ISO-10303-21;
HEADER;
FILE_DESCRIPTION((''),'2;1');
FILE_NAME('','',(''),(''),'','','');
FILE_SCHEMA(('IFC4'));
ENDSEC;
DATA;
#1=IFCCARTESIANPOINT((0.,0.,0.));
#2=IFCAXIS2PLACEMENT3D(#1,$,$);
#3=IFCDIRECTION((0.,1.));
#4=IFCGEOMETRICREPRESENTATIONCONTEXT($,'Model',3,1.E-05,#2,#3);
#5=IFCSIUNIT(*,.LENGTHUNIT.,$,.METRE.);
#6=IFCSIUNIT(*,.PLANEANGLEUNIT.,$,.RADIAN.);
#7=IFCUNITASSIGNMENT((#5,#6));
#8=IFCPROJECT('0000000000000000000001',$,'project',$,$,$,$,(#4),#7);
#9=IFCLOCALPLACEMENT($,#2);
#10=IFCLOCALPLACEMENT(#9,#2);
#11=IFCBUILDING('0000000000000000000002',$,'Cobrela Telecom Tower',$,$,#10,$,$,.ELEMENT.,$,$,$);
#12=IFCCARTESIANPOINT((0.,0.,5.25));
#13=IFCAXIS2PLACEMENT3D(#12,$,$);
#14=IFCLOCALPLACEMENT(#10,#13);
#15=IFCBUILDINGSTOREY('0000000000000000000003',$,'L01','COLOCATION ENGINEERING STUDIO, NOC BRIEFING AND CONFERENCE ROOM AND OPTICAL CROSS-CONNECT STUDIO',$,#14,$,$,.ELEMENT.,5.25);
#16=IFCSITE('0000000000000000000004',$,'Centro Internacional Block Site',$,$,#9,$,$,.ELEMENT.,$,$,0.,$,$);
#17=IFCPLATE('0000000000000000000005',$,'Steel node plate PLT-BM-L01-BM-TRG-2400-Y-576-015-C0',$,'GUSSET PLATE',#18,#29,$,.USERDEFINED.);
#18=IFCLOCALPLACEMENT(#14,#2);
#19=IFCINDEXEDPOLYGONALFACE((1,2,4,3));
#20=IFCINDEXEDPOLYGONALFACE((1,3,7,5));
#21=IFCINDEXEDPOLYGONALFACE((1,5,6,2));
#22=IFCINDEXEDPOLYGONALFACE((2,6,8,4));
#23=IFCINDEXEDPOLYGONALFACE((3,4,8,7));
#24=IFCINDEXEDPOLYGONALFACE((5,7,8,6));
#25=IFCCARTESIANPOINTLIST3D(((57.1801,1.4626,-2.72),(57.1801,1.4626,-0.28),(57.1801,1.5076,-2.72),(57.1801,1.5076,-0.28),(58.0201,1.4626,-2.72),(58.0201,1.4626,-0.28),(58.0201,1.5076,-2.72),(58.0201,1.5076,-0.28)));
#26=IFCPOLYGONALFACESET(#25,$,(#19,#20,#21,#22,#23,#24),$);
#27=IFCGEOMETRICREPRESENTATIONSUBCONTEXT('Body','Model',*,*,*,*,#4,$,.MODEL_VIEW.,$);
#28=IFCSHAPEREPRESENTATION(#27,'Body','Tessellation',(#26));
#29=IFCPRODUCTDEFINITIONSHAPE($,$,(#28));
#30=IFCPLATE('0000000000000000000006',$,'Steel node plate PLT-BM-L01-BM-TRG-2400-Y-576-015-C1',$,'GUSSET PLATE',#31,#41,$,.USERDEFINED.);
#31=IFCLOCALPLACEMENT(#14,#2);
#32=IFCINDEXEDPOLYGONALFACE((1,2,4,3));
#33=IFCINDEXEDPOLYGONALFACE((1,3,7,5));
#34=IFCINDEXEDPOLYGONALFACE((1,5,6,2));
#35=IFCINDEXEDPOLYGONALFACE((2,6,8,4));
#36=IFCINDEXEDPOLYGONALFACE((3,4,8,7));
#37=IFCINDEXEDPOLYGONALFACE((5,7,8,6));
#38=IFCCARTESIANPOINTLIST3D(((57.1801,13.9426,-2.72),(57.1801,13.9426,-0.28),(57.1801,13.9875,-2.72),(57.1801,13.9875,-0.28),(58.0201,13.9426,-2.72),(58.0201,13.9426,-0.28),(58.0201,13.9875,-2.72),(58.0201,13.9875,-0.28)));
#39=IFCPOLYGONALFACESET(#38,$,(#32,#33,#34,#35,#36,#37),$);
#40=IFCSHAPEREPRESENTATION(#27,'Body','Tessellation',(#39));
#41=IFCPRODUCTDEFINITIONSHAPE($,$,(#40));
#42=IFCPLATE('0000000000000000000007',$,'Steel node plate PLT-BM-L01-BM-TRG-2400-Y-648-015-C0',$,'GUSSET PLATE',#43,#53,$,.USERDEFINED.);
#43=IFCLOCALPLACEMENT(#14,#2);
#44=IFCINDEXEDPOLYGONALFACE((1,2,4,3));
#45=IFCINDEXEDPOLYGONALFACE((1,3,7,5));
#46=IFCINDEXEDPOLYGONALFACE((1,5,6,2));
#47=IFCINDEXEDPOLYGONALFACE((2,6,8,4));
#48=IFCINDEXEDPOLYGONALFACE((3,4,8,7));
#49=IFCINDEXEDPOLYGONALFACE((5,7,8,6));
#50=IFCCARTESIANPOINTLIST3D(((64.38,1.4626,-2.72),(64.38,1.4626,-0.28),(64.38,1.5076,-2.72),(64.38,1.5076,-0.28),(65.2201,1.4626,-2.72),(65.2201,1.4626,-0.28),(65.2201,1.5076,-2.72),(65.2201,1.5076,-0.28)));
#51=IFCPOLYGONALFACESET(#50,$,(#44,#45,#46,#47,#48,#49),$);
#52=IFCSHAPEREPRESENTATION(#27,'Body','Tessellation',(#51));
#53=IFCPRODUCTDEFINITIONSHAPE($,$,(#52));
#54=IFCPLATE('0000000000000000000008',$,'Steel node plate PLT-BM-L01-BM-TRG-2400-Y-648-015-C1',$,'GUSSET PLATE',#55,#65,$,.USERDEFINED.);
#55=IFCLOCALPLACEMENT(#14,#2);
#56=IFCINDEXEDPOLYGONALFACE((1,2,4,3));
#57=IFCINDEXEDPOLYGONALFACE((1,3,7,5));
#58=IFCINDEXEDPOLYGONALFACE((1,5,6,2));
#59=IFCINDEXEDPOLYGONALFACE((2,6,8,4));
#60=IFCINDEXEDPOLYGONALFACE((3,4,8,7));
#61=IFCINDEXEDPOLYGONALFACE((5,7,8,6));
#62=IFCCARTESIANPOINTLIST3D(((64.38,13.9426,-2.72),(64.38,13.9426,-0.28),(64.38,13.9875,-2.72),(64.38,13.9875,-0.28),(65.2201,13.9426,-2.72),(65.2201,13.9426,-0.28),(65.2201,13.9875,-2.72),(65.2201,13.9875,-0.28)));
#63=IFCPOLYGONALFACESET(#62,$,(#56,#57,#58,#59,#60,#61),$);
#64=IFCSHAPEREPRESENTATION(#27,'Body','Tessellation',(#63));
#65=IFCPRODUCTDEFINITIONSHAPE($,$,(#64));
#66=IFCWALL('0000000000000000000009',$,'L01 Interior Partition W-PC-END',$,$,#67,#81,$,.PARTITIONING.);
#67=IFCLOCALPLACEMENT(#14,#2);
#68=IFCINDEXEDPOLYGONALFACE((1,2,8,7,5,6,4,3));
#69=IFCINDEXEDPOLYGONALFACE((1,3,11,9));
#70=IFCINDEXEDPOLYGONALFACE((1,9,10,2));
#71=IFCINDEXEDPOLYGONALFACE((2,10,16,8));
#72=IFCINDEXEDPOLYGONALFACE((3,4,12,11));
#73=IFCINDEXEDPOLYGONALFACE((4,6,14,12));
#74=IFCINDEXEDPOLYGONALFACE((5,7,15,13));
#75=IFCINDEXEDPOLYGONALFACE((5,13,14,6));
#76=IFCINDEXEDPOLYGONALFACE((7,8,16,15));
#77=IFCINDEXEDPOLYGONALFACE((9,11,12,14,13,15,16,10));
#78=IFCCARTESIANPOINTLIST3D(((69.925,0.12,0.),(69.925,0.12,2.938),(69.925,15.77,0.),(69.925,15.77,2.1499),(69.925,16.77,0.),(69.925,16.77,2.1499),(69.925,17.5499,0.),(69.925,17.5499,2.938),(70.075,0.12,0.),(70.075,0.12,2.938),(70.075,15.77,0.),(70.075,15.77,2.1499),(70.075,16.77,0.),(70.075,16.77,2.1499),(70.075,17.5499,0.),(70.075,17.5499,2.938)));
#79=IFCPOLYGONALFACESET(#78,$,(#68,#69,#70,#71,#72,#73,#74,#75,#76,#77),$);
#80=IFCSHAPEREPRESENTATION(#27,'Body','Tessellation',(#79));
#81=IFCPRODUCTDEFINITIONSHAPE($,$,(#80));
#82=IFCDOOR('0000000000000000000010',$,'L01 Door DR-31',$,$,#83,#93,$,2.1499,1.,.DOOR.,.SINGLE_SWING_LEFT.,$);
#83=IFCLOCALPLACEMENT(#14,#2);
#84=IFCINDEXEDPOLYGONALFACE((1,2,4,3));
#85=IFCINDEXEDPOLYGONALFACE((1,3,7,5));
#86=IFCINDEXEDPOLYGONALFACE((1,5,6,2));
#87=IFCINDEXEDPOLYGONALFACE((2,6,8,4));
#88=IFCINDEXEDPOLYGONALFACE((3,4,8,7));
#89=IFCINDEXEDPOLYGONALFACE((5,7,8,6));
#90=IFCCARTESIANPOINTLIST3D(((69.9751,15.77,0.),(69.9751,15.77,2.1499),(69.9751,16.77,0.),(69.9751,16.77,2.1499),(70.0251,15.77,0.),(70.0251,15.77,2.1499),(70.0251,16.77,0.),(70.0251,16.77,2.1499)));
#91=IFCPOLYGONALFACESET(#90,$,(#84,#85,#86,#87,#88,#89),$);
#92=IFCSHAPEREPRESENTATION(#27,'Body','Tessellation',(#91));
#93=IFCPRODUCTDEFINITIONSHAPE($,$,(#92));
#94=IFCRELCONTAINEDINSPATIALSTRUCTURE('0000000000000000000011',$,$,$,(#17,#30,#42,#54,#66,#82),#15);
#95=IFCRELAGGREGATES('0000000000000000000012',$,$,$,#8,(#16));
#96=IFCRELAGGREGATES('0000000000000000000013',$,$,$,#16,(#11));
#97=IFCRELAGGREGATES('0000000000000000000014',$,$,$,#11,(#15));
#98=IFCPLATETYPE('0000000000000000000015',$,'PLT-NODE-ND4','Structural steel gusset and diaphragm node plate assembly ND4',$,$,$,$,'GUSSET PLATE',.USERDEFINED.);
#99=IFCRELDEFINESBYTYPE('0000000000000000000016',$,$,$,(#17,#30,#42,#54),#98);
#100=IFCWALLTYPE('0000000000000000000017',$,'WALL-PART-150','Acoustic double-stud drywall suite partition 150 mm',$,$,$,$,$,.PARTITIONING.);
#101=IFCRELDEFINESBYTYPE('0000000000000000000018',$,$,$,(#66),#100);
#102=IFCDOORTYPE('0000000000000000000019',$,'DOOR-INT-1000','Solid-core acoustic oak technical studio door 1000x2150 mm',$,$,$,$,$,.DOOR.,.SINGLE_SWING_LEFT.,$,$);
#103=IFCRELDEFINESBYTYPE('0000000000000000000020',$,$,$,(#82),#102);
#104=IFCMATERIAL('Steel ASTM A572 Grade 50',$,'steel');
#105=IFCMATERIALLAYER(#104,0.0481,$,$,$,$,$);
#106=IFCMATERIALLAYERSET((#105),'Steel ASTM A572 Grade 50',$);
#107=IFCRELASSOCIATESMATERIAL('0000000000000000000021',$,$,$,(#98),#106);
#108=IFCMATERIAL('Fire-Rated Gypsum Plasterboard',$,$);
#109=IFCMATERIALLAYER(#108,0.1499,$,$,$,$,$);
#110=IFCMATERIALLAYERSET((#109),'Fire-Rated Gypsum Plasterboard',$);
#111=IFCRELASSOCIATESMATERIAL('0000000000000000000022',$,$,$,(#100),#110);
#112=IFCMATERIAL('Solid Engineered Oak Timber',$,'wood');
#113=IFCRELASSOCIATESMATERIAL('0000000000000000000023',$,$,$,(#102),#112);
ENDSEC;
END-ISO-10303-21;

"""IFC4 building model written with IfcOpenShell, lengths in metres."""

from ifc_helpers import new_model, si_unit, direction, frame, frame_2d, origin, origin_2d, place, context, subcontext, project, spatial, rectangle, extrude, material, layer, layer_set, type_object, element, fill, save


model = new_model("IFC4")

# Units and contexts
model_context = context("Model", 3, precision=1e-05, world=origin(), true_north=direction((0.0, 1.0)))
body_context = subcontext(model_context, "Body", "Model", "MODEL_VIEW")
ifc_project = project(units=[si_unit("LENGTHUNIT", "METRE"), si_unit("PLANEANGLEUNIT", "RADIAN")], contexts=[model_context])

# Site, building, storey
site_placement = place(None, origin())
site = spatial("IfcSite", under=ifc_project, at=site_placement, Name="Centro Internacional Block Site", CompositionType="ELEMENT", RefElevation=0.0)
building_placement = place(site_placement, origin())
building = spatial("IfcBuilding", under=site, at=building_placement, Name="Cobrela Telecom Tower", CompositionType="ELEMENT")
storey_placement = place(building_placement, frame((0.0, 0.0, 5.25)))
storey = spatial("IfcBuildingStorey", under=building, at=storey_placement, Name="L01", Description="COLOCATION ENGINEERING STUDIO, NOC BRIEFING AND CONFERENCE ROOM AND OPTICAL CROSS-CONNECT STUDIO", CompositionType="ELEMENT", Elevation=5.25)

# Shared definitions
ifc_material_1 = material(Name="Steel ASTM A572 Grade 50", Category="steel")

# Plates
ifc_layer_1 = layer(ifc_material_1, 0.0481)
ifc_layer_set_1 = layer_set([ifc_layer_1], Name="Steel ASTM A572 Grade 50")
plate_type_1 = type_object("IfcPlateType", Name="PLT-NODE-ND4", Description="Structural steel gusset and diaphragm node plate assembly ND4", ElementType="GUSSET PLATE", PredefinedType="USERDEFINED", material=ifc_layer_set_1)
for number, where, z_axis, x_axis, name in (
    (1, (57.6001, 1.4851, -2.72), (0.0, 0.0, 1.0), (0.0, 1.0, 0.0), "Steel node plate PLT-BM-L01-BM-TRG-2400-Y-576-015-C0"),
    (2, (57.6001, 13.9651, -2.72), (0.0, 0.0, 1.0), (0.0, 1.0, 0.0), "Steel node plate PLT-BM-L01-BM-TRG-2400-Y-576-015-C1"),
    (3, (64.8, 1.4851, -2.72), (0.0, 0.0, 1.0), (0.0, 1.0, 0.0), "Steel node plate PLT-BM-L01-BM-TRG-2400-Y-648-015-C0"),
    (4, (64.8, 13.9651, -2.72), (0.0, 0.0, 1.0), (0.0, 1.0, 0.0), "Steel node plate PLT-BM-L01-BM-TRG-2400-Y-648-015-C1"),
):
    element("IfcPlate", number, at=place(storey_placement, frame(where, z_axis=z_axis, x_axis=x_axis)), inside=storey, type_object=plate_type_1, Name=name, ObjectType="GUSSET PLATE", PredefinedType="USERDEFINED", context=body_context, shape_type="SweptSolid", body=[
        extrude(rectangle(XDim=0.0449, YDim=0.8401, at=origin_2d()), origin(), (0.0, 0.0, 1.0), 2.4399),
    ])

# Wall, opening, door
ifc_material_2 = material(Name="Fire-Rated Gypsum Plasterboard")
ifc_layer_2 = layer(ifc_material_2, 0.1499)
ifc_layer_set_2 = layer_set([ifc_layer_2], Name="Fire-Rated Gypsum Plasterboard")
wall_type = type_object("IfcWallType", Name="WALL-PART-150", Description="Acoustic double-stud drywall suite partition 150 mm", PredefinedType="PARTITIONING", material=ifc_layer_set_2)
wall_placement = place(storey_placement, frame((70.0, 0.1201, 0.0), z_axis=(0.0, 0.0, 1.0), x_axis=(0.0, 1.0, 0.0)))
wall = element("IfcWall", 5, at=wall_placement, inside=storey, type_object=wall_type, Name="L01 Interior Partition W-PC-END", PredefinedType="PARTITIONING", context=body_context, shape_type="SweptSolid", body=[
    extrude(rectangle(XDim=17.4299, YDim=0.1499, at=frame_2d((8.7148, 0.0))), origin(), (0.0, 0.0, 1.0), 2.938),
])
opening_placement = place(wall_placement, frame((15.6499, 0.0, 0.0)))
opening = element("IfcOpeningElement", 6, at=opening_placement, cuts=wall, PredefinedType="OPENING", context=body_context, shape_type="SweptSolid", body=[
    extrude(rectangle(XDim=1.0, YDim=2.1499, at=frame_2d((0.5, 1.075))), frame((0.0, 0.0869, 0.0), z_axis=(0.0, -1.0, 0.0), x_axis=(1.0, 0.0, 0.0)), (0.0, 0.0, 1.0), 0.1738),
])
ifc_material_3 = material(Name="Solid Engineered Oak Timber", Category="wood")
door_type = type_object("IfcDoorType", Name="DOOR-INT-1000", Description="Solid-core acoustic oak technical studio door 1000x2150 mm", OperationType="SINGLE_SWING_LEFT", PredefinedType="DOOR", material=ifc_material_3)
door_placement = place(opening_placement, origin())
door = element("IfcDoor", 7, at=door_placement, inside=storey, type_object=door_type, Name="L01 Door DR-31", OperationType="SINGLE_SWING_LEFT", OverallHeight=2.1499, OverallWidth=1.0, PredefinedType="DOOR", context=body_context, shape_type="SweptSolid", body=[
    extrude(rectangle(XDim=1.0, YDim=2.1499, at=frame_2d((0.5, 1.075))), frame((0.0, 0.0249, 0.0), z_axis=(0.0, -1.0, 0.0), x_axis=(1.0, 0.0, 0.0)), (0.0, 0.0, 1.0), 0.05),
])
fill(opening, door)

save(model, "model.ifc")
